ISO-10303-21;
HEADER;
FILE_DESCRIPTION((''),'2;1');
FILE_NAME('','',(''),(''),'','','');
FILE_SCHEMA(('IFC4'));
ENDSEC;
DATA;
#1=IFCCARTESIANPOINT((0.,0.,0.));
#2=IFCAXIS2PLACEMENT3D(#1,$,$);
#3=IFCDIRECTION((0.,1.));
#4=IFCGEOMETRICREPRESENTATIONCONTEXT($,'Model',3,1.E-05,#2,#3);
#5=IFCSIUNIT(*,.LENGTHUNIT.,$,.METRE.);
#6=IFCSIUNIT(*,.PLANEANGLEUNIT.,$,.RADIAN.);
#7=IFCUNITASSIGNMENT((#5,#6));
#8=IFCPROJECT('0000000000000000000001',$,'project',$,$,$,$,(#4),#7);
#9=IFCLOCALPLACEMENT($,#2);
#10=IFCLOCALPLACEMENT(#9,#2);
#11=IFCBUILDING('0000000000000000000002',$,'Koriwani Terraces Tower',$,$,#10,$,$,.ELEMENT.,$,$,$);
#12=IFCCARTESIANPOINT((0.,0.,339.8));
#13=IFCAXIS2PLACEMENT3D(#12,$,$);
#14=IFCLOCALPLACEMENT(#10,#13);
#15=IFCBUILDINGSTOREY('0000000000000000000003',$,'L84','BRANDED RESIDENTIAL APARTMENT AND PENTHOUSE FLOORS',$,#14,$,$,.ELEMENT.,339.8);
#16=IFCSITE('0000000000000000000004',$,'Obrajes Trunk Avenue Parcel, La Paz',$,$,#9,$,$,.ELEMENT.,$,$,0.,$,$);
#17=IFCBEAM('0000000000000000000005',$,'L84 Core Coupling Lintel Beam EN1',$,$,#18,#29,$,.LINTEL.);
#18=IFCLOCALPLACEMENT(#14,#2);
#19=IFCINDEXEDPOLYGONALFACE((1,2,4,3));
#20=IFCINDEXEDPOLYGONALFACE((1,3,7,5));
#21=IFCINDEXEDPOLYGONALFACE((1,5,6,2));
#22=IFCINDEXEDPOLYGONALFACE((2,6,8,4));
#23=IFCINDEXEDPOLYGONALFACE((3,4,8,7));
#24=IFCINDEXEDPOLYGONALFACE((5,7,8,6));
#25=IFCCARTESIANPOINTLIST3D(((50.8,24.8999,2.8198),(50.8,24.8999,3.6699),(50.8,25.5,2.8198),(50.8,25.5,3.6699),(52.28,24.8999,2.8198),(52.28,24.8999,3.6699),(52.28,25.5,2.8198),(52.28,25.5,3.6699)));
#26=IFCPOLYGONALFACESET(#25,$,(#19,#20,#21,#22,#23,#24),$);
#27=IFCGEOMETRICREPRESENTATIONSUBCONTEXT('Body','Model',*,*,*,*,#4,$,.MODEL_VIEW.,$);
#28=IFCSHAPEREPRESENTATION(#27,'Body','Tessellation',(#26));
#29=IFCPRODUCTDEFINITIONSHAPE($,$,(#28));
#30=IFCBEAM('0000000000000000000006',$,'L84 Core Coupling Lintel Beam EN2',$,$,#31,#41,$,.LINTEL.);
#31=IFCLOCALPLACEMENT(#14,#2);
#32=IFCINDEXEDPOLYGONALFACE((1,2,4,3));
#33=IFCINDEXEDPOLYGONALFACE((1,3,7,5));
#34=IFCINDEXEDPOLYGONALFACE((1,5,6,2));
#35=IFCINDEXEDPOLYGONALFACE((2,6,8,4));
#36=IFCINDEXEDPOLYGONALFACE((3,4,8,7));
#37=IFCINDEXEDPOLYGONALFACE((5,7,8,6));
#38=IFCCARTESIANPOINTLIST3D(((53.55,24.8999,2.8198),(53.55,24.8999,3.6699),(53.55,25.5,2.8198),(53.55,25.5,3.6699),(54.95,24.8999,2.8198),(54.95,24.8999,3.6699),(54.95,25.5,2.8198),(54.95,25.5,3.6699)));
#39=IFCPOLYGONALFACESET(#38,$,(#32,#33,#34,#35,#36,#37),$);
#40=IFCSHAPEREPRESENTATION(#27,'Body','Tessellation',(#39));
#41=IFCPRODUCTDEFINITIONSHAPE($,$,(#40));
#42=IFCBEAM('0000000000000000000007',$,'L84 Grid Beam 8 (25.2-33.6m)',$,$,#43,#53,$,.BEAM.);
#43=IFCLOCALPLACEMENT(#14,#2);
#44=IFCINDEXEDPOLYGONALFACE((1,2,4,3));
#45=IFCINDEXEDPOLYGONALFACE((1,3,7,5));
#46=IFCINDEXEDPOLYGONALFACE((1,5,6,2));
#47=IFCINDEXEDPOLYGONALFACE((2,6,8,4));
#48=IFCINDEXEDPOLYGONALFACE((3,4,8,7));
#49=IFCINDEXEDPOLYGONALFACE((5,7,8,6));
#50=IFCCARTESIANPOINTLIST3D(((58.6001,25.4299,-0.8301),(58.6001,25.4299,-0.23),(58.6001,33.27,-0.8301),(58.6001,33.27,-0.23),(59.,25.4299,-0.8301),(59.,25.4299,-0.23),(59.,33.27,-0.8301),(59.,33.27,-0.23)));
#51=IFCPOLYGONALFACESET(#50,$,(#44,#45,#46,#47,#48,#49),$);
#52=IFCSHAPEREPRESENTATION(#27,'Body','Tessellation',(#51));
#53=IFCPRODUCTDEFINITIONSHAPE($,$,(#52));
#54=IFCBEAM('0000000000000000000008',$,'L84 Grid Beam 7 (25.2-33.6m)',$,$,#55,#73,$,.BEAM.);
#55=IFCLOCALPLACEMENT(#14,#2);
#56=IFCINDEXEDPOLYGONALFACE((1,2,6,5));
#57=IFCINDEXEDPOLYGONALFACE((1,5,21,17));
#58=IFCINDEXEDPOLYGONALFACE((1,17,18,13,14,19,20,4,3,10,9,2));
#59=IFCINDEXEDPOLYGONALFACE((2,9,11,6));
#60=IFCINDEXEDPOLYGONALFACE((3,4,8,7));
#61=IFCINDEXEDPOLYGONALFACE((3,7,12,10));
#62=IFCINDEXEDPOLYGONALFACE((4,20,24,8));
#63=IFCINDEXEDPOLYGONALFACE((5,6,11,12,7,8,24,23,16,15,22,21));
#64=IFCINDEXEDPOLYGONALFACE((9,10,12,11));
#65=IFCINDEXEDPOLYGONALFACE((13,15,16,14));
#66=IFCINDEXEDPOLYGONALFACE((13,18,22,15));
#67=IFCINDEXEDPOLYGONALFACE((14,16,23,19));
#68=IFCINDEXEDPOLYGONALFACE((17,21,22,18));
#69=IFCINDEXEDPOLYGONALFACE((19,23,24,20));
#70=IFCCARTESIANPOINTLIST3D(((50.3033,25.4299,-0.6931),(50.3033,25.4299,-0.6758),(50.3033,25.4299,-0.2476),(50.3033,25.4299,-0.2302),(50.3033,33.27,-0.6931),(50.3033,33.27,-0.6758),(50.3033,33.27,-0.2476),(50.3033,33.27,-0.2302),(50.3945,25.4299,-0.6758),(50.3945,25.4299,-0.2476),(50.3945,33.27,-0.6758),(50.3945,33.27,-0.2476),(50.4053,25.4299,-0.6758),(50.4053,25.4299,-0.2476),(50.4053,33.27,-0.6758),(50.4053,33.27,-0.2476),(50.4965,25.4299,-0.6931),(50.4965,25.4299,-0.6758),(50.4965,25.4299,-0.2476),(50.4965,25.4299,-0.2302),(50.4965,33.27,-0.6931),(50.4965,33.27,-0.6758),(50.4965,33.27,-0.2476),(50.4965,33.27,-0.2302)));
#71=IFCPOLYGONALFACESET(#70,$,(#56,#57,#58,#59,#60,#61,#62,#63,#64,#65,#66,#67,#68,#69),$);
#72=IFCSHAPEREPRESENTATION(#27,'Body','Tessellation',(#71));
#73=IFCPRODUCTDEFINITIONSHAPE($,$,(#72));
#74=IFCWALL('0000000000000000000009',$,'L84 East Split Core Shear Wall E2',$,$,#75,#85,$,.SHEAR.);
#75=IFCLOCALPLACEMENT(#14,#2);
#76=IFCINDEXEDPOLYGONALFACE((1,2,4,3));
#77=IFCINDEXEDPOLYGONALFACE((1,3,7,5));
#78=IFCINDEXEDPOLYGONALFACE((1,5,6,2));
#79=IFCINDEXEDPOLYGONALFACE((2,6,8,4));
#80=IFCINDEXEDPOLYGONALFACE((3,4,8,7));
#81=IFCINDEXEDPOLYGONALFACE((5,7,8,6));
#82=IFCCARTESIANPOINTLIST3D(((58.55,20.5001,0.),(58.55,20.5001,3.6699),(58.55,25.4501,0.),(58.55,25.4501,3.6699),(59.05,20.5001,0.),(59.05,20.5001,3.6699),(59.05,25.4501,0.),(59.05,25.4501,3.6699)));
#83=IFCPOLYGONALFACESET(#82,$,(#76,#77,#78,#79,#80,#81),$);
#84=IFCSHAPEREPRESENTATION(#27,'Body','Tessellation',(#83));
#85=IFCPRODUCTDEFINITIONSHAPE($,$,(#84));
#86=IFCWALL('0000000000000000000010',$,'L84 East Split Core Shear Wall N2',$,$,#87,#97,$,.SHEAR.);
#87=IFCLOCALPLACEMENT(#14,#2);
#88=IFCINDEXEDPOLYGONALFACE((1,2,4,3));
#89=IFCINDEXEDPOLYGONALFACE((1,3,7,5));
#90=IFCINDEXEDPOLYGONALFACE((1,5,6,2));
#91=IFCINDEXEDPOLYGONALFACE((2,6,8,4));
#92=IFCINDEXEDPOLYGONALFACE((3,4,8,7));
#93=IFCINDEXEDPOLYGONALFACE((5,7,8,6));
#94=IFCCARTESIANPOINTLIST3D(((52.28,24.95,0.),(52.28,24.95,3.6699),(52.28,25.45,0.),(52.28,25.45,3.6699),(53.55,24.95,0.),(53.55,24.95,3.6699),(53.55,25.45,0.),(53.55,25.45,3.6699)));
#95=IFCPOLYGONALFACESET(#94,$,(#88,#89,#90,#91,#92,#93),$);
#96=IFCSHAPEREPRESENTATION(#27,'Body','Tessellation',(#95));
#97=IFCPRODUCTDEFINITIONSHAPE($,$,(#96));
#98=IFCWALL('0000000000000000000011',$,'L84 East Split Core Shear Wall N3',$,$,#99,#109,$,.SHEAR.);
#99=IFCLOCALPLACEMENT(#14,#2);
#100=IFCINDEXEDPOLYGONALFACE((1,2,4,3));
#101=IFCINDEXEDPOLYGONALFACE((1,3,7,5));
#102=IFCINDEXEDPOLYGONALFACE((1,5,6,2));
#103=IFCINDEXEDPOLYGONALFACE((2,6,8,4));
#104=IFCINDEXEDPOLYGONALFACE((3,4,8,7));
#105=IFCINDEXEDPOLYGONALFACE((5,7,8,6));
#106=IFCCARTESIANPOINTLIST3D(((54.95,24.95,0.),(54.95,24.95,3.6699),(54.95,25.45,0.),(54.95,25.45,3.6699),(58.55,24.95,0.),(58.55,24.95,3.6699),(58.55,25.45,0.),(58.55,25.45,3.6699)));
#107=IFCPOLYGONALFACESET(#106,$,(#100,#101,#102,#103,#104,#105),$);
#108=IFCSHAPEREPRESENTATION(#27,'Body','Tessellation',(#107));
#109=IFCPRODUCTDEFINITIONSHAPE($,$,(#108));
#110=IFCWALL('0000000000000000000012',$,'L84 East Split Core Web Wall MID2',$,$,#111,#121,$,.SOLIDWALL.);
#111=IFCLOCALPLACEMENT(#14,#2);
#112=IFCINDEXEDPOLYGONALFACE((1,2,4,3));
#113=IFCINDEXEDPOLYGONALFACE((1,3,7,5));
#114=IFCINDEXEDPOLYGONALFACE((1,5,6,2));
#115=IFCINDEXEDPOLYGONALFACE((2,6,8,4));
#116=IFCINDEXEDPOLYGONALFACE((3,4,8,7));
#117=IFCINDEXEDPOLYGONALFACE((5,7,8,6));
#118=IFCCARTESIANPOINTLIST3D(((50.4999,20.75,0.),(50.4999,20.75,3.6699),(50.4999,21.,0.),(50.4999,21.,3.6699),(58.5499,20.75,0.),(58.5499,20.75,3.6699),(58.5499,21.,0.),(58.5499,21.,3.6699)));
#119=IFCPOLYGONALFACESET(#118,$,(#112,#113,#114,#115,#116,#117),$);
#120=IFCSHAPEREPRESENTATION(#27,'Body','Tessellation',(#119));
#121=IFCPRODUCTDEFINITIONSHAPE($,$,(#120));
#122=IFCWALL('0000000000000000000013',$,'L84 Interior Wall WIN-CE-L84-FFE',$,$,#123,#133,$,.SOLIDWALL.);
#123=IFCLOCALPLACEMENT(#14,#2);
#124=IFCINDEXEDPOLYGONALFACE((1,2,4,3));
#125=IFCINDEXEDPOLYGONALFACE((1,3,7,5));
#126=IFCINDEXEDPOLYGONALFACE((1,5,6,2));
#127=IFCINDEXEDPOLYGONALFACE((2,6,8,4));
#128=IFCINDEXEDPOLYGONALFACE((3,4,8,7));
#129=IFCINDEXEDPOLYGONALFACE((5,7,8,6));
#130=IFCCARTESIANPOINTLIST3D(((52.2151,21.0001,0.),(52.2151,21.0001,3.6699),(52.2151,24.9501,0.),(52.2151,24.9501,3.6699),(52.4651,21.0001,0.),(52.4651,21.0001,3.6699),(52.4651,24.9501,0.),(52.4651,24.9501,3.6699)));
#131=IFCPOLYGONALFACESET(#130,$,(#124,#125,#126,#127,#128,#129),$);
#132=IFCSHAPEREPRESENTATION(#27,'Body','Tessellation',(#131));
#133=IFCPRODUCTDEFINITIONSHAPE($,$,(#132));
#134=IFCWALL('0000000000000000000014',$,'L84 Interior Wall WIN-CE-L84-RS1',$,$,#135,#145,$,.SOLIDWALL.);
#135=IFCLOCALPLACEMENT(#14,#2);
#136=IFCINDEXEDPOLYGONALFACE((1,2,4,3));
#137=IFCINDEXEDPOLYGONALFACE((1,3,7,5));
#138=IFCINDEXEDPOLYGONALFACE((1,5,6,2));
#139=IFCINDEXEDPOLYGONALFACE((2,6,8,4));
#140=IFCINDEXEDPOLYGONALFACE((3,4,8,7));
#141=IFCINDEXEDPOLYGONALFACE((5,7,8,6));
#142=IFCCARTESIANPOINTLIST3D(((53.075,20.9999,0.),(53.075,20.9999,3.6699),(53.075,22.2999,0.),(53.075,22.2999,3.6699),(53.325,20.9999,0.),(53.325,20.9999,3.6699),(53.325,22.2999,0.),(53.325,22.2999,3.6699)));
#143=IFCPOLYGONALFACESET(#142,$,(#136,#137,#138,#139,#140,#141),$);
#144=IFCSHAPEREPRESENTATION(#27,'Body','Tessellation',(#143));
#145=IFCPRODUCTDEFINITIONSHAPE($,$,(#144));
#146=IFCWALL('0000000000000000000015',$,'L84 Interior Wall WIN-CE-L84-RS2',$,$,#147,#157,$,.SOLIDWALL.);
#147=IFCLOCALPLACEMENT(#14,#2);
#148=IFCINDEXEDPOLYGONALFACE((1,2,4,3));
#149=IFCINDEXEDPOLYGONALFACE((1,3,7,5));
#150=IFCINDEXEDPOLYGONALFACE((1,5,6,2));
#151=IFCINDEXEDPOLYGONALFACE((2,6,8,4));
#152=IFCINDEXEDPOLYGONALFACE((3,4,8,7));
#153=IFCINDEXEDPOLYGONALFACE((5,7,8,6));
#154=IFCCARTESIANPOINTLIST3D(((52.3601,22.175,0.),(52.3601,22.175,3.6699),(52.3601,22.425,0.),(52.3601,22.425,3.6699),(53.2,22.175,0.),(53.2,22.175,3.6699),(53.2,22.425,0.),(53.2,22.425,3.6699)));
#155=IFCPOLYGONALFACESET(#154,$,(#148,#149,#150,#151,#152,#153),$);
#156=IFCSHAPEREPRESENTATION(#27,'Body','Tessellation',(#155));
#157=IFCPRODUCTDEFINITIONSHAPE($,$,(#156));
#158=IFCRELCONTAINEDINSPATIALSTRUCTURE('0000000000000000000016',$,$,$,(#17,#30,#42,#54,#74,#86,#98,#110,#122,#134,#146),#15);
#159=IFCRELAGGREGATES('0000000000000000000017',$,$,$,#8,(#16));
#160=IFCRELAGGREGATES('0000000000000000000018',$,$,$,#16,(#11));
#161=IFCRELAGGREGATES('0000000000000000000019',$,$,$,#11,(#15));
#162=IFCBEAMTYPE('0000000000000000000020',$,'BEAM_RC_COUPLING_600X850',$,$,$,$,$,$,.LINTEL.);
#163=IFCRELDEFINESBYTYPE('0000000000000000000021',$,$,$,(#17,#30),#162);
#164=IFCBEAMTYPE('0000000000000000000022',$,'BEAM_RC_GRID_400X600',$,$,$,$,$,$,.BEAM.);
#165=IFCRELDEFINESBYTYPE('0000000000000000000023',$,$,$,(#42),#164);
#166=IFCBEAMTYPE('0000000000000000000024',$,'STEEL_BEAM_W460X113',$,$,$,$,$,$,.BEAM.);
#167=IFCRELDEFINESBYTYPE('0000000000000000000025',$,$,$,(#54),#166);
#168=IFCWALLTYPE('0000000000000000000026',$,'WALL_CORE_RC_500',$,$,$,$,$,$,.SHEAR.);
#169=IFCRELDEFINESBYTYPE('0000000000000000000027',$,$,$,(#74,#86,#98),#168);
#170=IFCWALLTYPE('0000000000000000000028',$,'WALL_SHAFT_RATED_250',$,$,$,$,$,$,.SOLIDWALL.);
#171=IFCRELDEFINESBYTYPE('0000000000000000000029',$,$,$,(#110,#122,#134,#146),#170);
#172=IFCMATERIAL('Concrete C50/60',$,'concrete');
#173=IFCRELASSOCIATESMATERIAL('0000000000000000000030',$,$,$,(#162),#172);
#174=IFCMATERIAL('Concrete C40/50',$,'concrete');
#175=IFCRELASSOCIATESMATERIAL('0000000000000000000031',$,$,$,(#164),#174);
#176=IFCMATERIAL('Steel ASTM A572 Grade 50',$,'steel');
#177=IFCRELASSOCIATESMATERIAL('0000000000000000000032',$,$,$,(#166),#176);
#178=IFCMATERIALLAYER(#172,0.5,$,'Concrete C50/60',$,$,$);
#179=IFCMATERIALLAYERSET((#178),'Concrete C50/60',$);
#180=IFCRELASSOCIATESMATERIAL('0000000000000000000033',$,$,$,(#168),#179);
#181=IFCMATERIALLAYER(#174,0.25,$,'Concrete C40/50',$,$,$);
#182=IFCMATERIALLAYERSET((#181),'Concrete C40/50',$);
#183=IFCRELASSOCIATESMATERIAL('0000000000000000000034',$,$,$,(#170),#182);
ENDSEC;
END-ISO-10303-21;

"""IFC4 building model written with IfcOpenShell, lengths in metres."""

from ifc_helpers import new_model, si_unit, direction, frame, frame_2d, origin, origin_2d, place, context, subcontext, project, spatial, rectangle, i_section, extrude, material, layer, layer_set, material_profile, profile_set, type_object, element, save


model = new_model("IFC4")

# Units and contexts
model_context = context("Model", 3, precision=1e-05, world=origin(), true_north=direction((0.0, 1.0)))
body_context = subcontext(model_context, "Body", "Model", "MODEL_VIEW")
ifc_project = project(units=[si_unit("LENGTHUNIT", "METRE"), si_unit("PLANEANGLEUNIT", "RADIAN")], contexts=[model_context])

# Site, building, storey
site_placement = place(None, origin())
site = spatial("IfcSite", under=ifc_project, at=site_placement, Name="Obrajes Trunk Avenue Parcel, La Paz", CompositionType="ELEMENT", RefElevation=0.0)
building_placement = place(site_placement, origin())
building = spatial("IfcBuilding", under=site, at=building_placement, Name="Koriwani Terraces Tower", CompositionType="ELEMENT")
storey_placement = place(building_placement, frame((0.0, 0.0, 339.8)))
storey = spatial("IfcBuildingStorey", under=building, at=storey_placement, Name="L84", Description="BRANDED RESIDENTIAL APARTMENT AND PENTHOUSE FLOORS", CompositionType="ELEMENT", Elevation=339.8)

# Beams
ifc_material_1 = material(Name="Concrete C50/60", Category="concrete")
ifc_material_profile_1 = material_profile(ifc_material_1, rectangle(XDim=0.6001, YDim=0.8501, at=origin_2d()), Name="Concrete C50/60", Category="LoadBearing")
ifc_profile_set_1 = profile_set([ifc_material_profile_1], Name="Concrete C50/60")
beam_type_1 = type_object("IfcBeamType", Name="BEAM_RC_COUPLING_600X850", PredefinedType="LINTEL", material=ifc_profile_set_1)
beam_1_placement = place(storey_placement, frame((50.8, 25.2, 3.2449), z_axis=(1.0, 0.0, 0.0), x_axis=(0.0, 1.0, 0.0)))
element("IfcBeam", 1, at=beam_1_placement, inside=storey, type_object=beam_type_1, Name="L84 Core Coupling Lintel Beam EN1", PredefinedType="LINTEL", context=body_context, shape_type="SweptSolid", body=[
    extrude(rectangle(XDim=0.6001, YDim=0.8501, at=origin_2d()), origin(), (0.0, 0.0, 1.0), 1.48),
])
beam_2_placement = place(storey_placement, frame((53.55, 25.2, 3.2449), z_axis=(1.0, 0.0, 0.0), x_axis=(0.0, 1.0, 0.0)))
element("IfcBeam", 2, at=beam_2_placement, inside=storey, type_object=beam_type_1, Name="L84 Core Coupling Lintel Beam EN2", PredefinedType="LINTEL", context=body_context, shape_type="SweptSolid", body=[
    extrude(rectangle(XDim=0.6001, YDim=0.8501, at=origin_2d()), origin(), (0.0, 0.0, 1.0), 1.3999),
])
ifc_material_2 = material(Name="Concrete C40/50", Category="concrete")
ifc_material_profile_2 = material_profile(ifc_material_2, rectangle(XDim=0.3999, YDim=0.6001, at=origin_2d()), Name="Concrete C40/50", Category="LoadBearing")
ifc_profile_set_2 = profile_set([ifc_material_profile_2], Name="Concrete C40/50")
beam_type_2 = type_object("IfcBeamType", Name="BEAM_RC_GRID_400X600", PredefinedType="BEAM", material=ifc_profile_set_2)
beam_3_placement = place(storey_placement, frame((58.8, 25.4299, -0.53), z_axis=(0.0, 1.0, 0.0), x_axis=(-1.0, 0.0, 0.0)))
element("IfcBeam", 3, at=beam_3_placement, inside=storey, type_object=beam_type_2, Name="L84 Grid Beam 8 (25.2-33.6m)", PredefinedType="BEAM", context=body_context, shape_type="SweptSolid", body=[
    extrude(rectangle(XDim=0.3999, YDim=0.6001, at=origin_2d()), origin(), (0.0, 0.0, 1.0), 7.8401),
])
ifc_material_3 = material(Name="Steel ASTM A572 Grade 50", Category="steel")
ifc_material_profile_3 = material_profile(ifc_material_3, i_section(OverallWidth=0.1931, OverallDepth=0.4629, WebThickness=0.0107, FlangeThickness=0.0173, at=origin_2d()), Name="Steel ASTM A572 Grade 50", Category="LoadBearing")
ifc_profile_set_3 = profile_set([ifc_material_profile_3], Name="Steel ASTM A572 Grade 50")
beam_type_3 = type_object("IfcBeamType", Name="STEEL_BEAM_W460X113", PredefinedType="BEAM", material=ifc_profile_set_3)
beam_4_placement = place(storey_placement, frame((50.3999, 25.4299, -0.4617), z_axis=(0.0, 1.0, 0.0), x_axis=(-1.0, 0.0, 0.0)))
element("IfcBeam", 4, at=beam_4_placement, inside=storey, type_object=beam_type_3, Name="L84 Grid Beam 7 (25.2-33.6m)", PredefinedType="BEAM", context=body_context, shape_type="SweptSolid", body=[
    extrude(i_section(OverallWidth=0.1931, OverallDepth=0.4629, WebThickness=0.0107, FlangeThickness=0.0173, at=origin_2d()), origin(), (0.0, 0.0, 1.0), 7.8401),
])

# Walls
ifc_layer_1 = layer(ifc_material_1, 0.5, Name="Concrete C50/60")
ifc_layer_set_1 = layer_set([ifc_layer_1], Name="Concrete C50/60")
wall_type_1 = type_object("IfcWallType", Name="WALL_CORE_RC_500", PredefinedType="SHEAR", material=ifc_layer_set_1)
wall_1_placement = place(storey_placement, frame((58.8, 20.5, 0.0), z_axis=(0.0, 0.0, 1.0), x_axis=(0.0, 1.0, 0.0)))
element("IfcWall", 5, at=wall_1_placement, inside=storey, type_object=wall_type_1, Name="L84 East Split Core Shear Wall E2", PredefinedType="SHEAR", context=body_context, shape_type="SweptSolid", body=[
    extrude(rectangle(XDim=4.95, YDim=0.5, at=frame_2d((2.4751, 0.0))), origin(), (0.0, 0.0, 1.0), 3.6699),
])
wall_2_placement = place(storey_placement, frame((52.28, 25.2, 0.0), z_axis=(0.0, 0.0, 1.0), x_axis=(1.0, 0.0, 0.0)))
element("IfcWall", 6, at=wall_2_placement, inside=storey, type_object=wall_type_1, Name="L84 East Split Core Shear Wall N2", PredefinedType="SHEAR", context=body_context, shape_type="SweptSolid", body=[
    extrude(rectangle(XDim=1.27, YDim=0.5, at=frame_2d((0.635, 0.0))), origin(), (0.0, 0.0, 1.0), 3.6699),
])
wall_3_placement = place(storey_placement, frame((54.95, 25.2, 0.0), z_axis=(0.0, 0.0, 1.0), x_axis=(1.0, 0.0, 0.0)))
element("IfcWall", 7, at=wall_3_placement, inside=storey, type_object=wall_type_1, Name="L84 East Split Core Shear Wall N3", PredefinedType="SHEAR", context=body_context, shape_type="SweptSolid", body=[
    extrude(rectangle(XDim=3.6001, YDim=0.5, at=frame_2d((1.8, 0.0))), origin(), (0.0, 0.0, 1.0), 3.6699),
])
ifc_layer_2 = layer(ifc_material_2, 0.25, Name="Concrete C40/50")
ifc_layer_set_2 = layer_set([ifc_layer_2], Name="Concrete C40/50")
wall_type_2 = type_object("IfcWallType", Name="WALL_SHAFT_RATED_250", PredefinedType="SOLIDWALL", material=ifc_layer_set_2)
wall_4_placement = place(storey_placement, frame((50.5, 20.875, 0.0), z_axis=(0.0, 0.0, 1.0), x_axis=(1.0, 0.0, 0.0)))
element("IfcWall", 8, at=wall_4_placement, inside=storey, type_object=wall_type_2, Name="L84 East Split Core Web Wall MID2", PredefinedType="SOLIDWALL", context=body_context, shape_type="SweptSolid", body=[
    extrude(rectangle(XDim=8.05, YDim=0.25, at=frame_2d((4.0249, 0.0))), origin(), (0.0, 0.0, 1.0), 3.6699),
])

# Wall
wall_5_placement = place(storey_placement, frame((52.3401, 21.0, 0.0), z_axis=(0.0, 0.0, 1.0), x_axis=(0.0, 1.0, 0.0)))
element("IfcWall", 9, at=wall_5_placement, inside=storey, type_object=wall_type_2, Name="L84 Interior Wall WIN-CE-L84-FFE", PredefinedType="SOLIDWALL", context=body_context, shape_type="SweptSolid", body=[
    extrude(rectangle(XDim=3.95, YDim=0.25, at=frame_2d((1.9751, 0.0))), origin(), (0.0, 0.0, 1.0), 3.6699),
])

# Walls
wall_6_placement = place(storey_placement, frame((53.2, 21.0, 0.0), z_axis=(0.0, 0.0, 1.0), x_axis=(0.0, 1.0, 0.0)))
element("IfcWall", 10, at=wall_6_placement, inside=storey, type_object=wall_type_2, Name="L84 Interior Wall WIN-CE-L84-RS1", PredefinedType="SOLIDWALL", context=body_context, shape_type="SweptSolid", body=[
    extrude(rectangle(XDim=1.3, YDim=0.25, at=frame_2d((0.6499, 0.0))), origin(), (0.0, 0.0, 1.0), 3.6699),
])
wall_7_placement = place(storey_placement, frame((52.3601, 22.3, 0.0), z_axis=(0.0, 0.0, 1.0), x_axis=(1.0, 0.0, 0.0)))
element("IfcWall", 11, at=wall_7_placement, inside=storey, type_object=wall_type_2, Name="L84 Interior Wall WIN-CE-L84-RS2", PredefinedType="SOLIDWALL", context=body_context, shape_type="SweptSolid", body=[
    extrude(rectangle(XDim=0.8398, YDim=0.25, at=frame_2d((0.4199, 0.0))), origin(), (0.0, 0.0, 1.0), 3.6699),
])

save(model, "model.ifc")
